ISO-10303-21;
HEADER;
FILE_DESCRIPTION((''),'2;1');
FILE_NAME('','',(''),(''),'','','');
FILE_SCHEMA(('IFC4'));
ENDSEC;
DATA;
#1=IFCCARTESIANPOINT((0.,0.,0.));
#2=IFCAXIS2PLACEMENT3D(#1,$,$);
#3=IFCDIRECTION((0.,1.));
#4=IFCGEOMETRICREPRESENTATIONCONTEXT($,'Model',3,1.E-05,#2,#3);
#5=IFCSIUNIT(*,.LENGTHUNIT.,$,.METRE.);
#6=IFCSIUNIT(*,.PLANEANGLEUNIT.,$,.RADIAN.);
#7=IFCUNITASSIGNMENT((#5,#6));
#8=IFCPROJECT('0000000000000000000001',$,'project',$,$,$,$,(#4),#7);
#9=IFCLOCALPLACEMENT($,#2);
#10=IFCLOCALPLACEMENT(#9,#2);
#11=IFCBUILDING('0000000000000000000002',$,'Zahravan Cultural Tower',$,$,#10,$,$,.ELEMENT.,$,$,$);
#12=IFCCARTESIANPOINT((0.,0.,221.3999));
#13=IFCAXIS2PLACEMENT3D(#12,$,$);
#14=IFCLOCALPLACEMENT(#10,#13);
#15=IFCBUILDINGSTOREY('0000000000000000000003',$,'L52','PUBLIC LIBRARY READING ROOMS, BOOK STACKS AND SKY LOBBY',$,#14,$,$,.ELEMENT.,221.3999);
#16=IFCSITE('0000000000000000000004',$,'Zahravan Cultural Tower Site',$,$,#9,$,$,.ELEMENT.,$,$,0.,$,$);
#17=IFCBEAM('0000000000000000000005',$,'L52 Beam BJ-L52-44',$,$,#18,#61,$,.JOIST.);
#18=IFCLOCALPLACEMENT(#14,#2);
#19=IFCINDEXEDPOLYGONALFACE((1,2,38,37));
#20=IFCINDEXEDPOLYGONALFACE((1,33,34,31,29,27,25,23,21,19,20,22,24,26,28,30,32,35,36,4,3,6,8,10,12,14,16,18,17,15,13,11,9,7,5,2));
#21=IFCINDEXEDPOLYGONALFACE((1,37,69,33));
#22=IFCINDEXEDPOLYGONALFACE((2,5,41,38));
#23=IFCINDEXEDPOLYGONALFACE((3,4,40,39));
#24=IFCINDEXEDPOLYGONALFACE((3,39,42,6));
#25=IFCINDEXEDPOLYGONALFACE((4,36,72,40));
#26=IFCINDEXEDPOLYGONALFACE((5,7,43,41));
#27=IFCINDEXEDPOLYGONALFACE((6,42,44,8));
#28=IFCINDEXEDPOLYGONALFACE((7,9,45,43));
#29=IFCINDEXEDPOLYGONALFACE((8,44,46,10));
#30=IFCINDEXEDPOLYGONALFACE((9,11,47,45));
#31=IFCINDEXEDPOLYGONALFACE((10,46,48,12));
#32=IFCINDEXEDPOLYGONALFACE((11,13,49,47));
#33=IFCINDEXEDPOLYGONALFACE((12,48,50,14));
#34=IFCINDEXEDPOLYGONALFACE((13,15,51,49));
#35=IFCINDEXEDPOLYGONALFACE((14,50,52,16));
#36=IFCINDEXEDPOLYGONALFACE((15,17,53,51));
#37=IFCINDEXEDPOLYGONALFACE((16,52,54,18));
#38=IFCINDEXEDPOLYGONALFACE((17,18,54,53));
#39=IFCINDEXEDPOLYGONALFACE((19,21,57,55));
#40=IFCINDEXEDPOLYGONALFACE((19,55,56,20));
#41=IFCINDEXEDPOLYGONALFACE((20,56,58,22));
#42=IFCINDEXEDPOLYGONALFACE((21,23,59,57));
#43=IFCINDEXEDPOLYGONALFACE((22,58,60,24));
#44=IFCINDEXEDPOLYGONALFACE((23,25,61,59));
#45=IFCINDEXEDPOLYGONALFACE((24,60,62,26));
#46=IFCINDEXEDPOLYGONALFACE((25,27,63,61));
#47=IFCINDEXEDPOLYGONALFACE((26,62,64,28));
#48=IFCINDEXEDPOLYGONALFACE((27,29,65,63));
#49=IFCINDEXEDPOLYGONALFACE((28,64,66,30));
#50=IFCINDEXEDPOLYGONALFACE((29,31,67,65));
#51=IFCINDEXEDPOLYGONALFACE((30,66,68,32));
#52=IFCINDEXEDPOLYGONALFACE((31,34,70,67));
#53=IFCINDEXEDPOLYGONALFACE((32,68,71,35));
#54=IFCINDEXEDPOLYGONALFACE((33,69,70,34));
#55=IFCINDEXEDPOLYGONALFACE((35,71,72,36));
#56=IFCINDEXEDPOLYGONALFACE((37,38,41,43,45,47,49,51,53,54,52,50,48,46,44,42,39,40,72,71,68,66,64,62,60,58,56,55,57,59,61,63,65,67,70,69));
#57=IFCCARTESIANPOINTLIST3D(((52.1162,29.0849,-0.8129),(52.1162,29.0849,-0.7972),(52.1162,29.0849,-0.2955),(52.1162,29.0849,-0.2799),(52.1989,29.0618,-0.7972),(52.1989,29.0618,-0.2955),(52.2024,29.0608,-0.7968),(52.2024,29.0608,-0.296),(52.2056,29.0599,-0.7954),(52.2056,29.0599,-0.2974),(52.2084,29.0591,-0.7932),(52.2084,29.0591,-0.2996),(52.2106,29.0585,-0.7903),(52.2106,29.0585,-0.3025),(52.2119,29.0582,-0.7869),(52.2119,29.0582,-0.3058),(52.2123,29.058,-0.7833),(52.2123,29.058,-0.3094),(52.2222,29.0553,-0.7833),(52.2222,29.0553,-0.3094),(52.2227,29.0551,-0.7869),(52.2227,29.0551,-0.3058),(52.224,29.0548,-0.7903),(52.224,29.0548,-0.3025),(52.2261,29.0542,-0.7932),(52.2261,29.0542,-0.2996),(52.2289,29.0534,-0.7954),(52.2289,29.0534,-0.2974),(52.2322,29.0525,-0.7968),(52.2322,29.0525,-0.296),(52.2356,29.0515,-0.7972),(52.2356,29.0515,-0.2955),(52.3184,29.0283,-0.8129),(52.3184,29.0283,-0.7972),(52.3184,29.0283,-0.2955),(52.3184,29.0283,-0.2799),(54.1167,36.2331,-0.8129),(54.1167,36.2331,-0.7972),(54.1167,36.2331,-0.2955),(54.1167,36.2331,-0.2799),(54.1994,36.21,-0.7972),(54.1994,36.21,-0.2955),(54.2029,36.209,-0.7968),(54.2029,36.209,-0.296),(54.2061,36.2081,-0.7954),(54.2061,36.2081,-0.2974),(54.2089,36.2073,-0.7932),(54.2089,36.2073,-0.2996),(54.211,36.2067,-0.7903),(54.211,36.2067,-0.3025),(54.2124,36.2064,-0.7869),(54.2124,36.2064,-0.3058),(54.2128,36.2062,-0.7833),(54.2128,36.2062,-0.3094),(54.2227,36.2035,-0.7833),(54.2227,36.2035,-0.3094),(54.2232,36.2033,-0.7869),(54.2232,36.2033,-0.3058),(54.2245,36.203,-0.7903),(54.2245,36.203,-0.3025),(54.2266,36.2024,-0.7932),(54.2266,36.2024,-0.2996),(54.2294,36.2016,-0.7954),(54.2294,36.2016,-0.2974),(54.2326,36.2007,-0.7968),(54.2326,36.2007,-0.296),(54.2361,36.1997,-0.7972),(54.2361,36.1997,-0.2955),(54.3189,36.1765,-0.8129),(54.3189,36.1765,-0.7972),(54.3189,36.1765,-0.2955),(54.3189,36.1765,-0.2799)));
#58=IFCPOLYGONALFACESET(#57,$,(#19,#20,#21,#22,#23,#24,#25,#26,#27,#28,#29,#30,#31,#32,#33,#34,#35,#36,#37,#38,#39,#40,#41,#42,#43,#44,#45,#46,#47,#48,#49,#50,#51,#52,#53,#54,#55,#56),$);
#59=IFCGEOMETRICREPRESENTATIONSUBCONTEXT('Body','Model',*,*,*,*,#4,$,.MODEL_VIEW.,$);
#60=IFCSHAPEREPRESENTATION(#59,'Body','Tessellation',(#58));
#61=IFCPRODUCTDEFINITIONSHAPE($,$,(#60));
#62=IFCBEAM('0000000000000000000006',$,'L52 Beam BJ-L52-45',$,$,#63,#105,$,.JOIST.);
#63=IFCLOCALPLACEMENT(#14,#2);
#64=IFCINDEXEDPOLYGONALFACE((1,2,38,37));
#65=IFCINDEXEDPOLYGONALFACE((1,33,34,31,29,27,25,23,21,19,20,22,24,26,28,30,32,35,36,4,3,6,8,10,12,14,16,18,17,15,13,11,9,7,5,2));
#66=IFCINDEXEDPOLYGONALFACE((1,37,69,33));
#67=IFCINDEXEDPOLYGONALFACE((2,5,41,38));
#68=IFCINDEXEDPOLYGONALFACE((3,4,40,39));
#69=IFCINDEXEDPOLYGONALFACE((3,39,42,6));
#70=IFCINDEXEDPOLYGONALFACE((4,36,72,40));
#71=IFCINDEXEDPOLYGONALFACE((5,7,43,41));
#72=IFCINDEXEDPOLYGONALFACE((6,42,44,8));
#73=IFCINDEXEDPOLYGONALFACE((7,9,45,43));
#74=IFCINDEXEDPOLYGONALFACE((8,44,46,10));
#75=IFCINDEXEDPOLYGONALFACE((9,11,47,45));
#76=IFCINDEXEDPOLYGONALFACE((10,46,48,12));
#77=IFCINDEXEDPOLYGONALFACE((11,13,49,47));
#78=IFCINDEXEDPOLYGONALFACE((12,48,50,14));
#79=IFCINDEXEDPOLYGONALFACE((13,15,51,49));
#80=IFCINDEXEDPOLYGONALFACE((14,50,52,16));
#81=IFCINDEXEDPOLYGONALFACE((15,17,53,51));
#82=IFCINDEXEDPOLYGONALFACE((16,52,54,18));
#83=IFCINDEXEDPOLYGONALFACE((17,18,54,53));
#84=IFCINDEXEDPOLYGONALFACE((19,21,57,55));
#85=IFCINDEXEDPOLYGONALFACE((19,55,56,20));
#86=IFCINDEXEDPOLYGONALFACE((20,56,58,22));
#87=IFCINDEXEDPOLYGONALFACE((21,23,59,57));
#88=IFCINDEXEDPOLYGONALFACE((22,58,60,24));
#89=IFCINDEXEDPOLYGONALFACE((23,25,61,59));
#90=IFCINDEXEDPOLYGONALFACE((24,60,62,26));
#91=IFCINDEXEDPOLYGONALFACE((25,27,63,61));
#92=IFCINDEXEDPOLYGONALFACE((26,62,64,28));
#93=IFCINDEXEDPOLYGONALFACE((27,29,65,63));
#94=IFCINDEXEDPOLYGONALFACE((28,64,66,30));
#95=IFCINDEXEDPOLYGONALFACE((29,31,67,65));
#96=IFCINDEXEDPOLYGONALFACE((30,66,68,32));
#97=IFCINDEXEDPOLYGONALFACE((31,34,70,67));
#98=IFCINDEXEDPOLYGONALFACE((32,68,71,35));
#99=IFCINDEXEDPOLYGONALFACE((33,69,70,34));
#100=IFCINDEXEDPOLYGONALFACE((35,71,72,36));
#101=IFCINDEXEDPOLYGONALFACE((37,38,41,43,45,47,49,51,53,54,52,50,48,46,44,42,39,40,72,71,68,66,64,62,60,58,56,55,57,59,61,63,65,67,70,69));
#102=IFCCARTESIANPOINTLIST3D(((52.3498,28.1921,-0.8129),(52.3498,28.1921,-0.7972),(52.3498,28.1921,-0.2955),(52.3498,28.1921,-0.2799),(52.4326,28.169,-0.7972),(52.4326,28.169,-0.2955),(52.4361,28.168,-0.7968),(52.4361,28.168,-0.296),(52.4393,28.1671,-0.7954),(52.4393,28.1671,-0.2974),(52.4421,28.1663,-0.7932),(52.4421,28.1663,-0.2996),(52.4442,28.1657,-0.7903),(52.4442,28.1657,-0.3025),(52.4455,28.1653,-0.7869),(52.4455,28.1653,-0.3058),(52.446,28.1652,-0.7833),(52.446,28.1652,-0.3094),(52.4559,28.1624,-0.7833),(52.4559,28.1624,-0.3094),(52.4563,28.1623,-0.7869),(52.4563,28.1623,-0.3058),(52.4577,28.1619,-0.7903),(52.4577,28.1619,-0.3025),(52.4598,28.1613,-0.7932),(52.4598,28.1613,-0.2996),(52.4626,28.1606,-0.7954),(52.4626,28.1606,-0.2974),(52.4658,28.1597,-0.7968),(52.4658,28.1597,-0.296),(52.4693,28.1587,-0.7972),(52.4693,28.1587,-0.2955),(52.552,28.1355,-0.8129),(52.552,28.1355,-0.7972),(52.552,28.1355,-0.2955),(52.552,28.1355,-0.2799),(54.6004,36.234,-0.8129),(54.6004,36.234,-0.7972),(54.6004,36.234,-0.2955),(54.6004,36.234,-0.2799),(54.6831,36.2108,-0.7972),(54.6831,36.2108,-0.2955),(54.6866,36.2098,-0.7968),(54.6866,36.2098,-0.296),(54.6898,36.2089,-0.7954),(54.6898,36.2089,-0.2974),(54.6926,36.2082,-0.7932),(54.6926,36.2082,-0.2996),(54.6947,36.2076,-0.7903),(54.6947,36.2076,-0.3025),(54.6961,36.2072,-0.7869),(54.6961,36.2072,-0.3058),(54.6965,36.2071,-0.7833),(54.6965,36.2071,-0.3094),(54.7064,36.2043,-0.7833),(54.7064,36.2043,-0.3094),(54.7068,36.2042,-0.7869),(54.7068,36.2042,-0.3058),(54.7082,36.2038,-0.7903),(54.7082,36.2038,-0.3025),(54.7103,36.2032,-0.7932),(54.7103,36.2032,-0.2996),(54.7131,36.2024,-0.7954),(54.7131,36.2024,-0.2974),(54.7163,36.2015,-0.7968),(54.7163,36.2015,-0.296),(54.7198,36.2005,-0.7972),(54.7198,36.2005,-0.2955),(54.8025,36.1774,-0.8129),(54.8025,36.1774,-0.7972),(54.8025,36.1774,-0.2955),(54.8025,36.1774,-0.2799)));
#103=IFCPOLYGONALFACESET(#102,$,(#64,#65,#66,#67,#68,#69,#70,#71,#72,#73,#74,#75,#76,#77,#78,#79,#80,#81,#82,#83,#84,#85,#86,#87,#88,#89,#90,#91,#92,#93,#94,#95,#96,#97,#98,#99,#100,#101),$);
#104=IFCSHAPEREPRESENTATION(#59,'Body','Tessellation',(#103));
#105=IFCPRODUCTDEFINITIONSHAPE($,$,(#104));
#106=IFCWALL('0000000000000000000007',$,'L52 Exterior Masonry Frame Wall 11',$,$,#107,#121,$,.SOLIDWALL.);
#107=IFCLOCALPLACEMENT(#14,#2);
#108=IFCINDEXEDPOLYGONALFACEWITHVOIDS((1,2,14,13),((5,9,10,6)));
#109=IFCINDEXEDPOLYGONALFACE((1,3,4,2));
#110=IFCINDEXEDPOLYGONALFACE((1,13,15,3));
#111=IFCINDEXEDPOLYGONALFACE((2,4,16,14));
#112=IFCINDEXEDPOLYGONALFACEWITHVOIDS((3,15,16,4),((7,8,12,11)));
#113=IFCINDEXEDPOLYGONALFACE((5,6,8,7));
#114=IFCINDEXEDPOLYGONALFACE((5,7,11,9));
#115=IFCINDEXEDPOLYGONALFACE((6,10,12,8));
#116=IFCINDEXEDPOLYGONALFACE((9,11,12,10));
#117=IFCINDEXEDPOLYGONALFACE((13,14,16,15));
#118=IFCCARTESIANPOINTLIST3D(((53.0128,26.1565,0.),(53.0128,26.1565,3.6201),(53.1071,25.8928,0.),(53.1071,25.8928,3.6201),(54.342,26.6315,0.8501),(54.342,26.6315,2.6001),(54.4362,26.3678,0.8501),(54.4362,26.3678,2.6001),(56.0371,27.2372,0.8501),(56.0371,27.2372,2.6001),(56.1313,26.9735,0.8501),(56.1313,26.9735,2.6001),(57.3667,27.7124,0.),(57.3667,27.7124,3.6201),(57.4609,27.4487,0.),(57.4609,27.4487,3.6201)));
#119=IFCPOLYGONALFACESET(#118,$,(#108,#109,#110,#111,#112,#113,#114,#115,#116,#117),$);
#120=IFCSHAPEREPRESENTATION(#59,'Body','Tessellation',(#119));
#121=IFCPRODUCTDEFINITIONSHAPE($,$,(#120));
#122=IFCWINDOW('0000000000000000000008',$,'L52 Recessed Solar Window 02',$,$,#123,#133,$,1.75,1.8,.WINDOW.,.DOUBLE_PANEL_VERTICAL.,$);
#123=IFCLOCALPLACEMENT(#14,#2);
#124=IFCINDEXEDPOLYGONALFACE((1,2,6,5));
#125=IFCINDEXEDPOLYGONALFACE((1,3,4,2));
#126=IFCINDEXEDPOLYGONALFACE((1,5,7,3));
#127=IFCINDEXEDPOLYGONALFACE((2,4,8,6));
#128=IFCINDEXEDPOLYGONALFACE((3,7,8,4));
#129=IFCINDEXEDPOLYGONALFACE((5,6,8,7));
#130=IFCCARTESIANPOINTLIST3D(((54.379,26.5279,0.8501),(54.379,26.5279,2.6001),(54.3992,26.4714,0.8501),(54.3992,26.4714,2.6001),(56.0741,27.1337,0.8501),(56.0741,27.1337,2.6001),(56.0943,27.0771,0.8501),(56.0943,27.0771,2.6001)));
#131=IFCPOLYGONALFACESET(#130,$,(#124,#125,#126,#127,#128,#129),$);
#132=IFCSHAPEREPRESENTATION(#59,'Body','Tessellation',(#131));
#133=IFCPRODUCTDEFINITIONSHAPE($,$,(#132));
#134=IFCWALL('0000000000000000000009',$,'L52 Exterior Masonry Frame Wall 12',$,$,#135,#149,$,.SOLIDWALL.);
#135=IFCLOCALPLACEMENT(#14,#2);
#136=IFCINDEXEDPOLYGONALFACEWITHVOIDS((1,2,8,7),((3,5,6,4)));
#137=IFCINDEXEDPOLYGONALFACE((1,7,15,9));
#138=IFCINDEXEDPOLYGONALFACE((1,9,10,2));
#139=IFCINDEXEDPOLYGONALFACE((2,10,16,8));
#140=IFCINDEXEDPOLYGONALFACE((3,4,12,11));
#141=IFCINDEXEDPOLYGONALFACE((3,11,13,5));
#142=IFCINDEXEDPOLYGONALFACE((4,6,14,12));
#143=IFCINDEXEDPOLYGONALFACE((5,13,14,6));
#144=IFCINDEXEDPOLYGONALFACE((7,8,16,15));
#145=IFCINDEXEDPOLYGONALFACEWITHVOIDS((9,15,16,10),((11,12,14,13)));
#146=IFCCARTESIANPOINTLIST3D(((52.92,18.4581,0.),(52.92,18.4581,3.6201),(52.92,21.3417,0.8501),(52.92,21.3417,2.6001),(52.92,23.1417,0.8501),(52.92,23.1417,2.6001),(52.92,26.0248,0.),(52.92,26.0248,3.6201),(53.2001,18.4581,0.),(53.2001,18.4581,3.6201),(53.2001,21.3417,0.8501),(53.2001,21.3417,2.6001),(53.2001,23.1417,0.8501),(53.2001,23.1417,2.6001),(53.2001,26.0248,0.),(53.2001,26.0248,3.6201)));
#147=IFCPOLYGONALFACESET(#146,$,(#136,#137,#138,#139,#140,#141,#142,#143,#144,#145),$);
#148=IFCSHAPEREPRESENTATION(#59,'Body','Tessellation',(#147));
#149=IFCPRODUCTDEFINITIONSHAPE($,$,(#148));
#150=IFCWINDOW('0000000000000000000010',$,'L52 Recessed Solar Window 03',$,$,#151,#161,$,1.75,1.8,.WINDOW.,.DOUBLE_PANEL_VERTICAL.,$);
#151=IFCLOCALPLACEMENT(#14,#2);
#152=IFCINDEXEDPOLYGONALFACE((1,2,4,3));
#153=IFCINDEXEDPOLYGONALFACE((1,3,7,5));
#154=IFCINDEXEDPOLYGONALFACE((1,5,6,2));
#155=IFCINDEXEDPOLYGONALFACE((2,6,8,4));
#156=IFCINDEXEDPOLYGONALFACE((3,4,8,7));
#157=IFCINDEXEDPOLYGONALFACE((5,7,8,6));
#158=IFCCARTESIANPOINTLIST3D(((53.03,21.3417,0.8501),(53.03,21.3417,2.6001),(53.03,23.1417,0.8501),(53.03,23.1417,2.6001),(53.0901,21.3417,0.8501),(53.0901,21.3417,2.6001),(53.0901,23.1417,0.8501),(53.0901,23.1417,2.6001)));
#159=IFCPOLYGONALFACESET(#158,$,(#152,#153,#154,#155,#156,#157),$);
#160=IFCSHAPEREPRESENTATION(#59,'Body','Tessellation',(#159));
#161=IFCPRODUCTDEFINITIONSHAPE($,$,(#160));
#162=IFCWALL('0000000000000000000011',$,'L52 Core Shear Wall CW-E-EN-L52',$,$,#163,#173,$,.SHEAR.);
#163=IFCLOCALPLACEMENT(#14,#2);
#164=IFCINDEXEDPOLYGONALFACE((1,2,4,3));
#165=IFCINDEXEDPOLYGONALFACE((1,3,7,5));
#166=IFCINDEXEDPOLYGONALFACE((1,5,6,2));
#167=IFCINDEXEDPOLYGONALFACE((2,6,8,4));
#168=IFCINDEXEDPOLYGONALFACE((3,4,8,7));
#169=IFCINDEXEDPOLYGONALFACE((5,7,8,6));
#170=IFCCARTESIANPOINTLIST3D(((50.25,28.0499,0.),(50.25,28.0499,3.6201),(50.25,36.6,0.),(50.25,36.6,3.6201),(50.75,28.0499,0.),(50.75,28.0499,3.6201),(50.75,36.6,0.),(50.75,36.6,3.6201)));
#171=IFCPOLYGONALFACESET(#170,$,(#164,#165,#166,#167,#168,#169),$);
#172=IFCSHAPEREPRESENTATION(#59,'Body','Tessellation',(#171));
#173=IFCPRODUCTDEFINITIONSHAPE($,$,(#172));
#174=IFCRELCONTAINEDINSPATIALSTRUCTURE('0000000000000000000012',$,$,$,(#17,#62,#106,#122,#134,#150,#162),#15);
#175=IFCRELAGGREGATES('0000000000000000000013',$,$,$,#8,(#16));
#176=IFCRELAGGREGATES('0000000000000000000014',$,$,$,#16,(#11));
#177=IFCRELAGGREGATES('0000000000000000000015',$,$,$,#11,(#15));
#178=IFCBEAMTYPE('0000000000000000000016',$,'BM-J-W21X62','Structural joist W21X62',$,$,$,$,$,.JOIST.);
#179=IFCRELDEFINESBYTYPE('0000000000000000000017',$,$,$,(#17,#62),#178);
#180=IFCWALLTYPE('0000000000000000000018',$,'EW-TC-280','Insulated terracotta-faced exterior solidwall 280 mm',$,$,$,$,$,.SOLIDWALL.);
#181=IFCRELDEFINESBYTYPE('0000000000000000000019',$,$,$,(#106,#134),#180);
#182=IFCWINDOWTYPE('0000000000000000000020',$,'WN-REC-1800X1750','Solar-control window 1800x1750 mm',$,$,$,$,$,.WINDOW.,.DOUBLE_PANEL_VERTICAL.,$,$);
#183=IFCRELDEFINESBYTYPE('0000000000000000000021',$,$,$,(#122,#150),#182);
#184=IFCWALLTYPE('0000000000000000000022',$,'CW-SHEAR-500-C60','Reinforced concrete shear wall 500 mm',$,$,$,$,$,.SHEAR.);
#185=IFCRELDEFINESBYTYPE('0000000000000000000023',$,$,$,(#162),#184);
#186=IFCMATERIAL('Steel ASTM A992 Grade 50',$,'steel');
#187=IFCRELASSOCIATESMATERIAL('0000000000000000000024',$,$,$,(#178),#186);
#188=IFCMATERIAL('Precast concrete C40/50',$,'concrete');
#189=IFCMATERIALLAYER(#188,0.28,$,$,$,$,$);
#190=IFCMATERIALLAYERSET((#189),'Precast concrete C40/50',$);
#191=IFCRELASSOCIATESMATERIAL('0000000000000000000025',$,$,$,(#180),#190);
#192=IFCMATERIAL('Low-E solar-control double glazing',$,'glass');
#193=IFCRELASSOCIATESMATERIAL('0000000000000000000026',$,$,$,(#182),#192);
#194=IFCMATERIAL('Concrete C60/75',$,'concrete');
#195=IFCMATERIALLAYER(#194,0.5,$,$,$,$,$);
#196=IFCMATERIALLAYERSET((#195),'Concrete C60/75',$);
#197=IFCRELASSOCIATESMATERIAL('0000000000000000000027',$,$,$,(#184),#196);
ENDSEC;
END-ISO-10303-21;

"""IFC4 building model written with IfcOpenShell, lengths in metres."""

from ifc_helpers import new_model, si_unit, direction, frame, frame_2d, origin, origin_2d, place, context, subcontext, project, spatial, rectangle, i_section, extrude, source, transform, mapped, material, layer, layer_set, material_profile, profile_set, type_object, element, fill, save


model = new_model("IFC4")

# Units and contexts
model_context = context("Model", 3, precision=1e-05, world=origin(), true_north=direction((0.0, 1.0)))
body_context = subcontext(model_context, "Body", "Model", "MODEL_VIEW")
ifc_project = project(units=[si_unit("LENGTHUNIT", "METRE"), si_unit("PLANEANGLEUNIT", "RADIAN")], contexts=[model_context])

# Site, building, storey
site_placement = place(None, origin())
site = spatial("IfcSite", under=ifc_project, at=site_placement, Name="Zahravan Cultural Tower Site", CompositionType="ELEMENT", RefElevation=0.0)
building_placement = place(site_placement, origin())
building = spatial("IfcBuilding", under=site, at=building_placement, Name="Zahravan Cultural Tower", CompositionType="ELEMENT")
storey_placement = place(building_placement, frame((0.0, 0.0, 221.3999)))
storey = spatial("IfcBuildingStorey", under=building, at=storey_placement, Name="L52", Description="PUBLIC LIBRARY READING ROOMS, BOOK STACKS AND SKY LOBBY", CompositionType="ELEMENT", Elevation=221.3999)

# Shared definitions
ifc_material_1 = material(Name="Steel ASTM A992 Grade 50", Category="steel")

# Beams
ifc_material_profile_1 = material_profile(ifc_material_1, i_section(OverallWidth=0.21, OverallDepth=0.533, WebThickness=0.0103, FlangeThickness=0.0156, FilletRadius=0.0139, at=origin_2d()), Name="W21X62")
ifc_profile_set_1 = profile_set([ifc_material_profile_1], Name="Steel ASTM A992 Grade 50")
beam_type_1 = type_object("IfcBeamType", Name="BM-J-W21X62", Description="Structural joist W21X62", PredefinedType="JOIST", material=ifc_profile_set_1)
shared_shape_1 = source(origin(), body_context, "Body", "SweptSolid", [
    extrude(i_section(OverallWidth=0.21, OverallDepth=0.533, WebThickness=0.0103, FlangeThickness=0.0156, FilletRadius=0.0139, at=origin_2d()), origin(), (0.0, 0.0, 1.0), 7.4229),
])
beam_1_placement = place(storey_placement, frame((52.2173, 29.0566, -0.5464), z_axis=(0.269504, 0.962999, 0.0), x_axis=(-0.962999, 0.269504, 0.0)))
element("IfcBeam", 1, at=beam_1_placement, inside=storey, type_object=beam_type_1, Name="L52 Beam BJ-L52-44", PredefinedType="JOIST", context=body_context, shape_type="MappedRepresentation", body=[
    mapped(shared_shape_1, transform((0.0, 0.0, 0.0), x_axis=(1.0, 0.0, 0.0), y_axis=(0.0, 1.0, 0.0), z_axis=(0.0, 0.0, 1.0), scale=1.0)),
])
shared_shape_2 = source(origin(), body_context, "Body", "SweptSolid", [
    extrude(i_section(OverallWidth=0.21, OverallDepth=0.533, WebThickness=0.0103, FlangeThickness=0.0156, FilletRadius=0.0139, at=origin_2d()), origin(), (0.0, 0.0, 1.0), 8.3508),
])
beam_2_placement = place(storey_placement, frame((52.4509, 28.1638, -0.5464), z_axis=(0.269497, 0.963001, 0.0), x_axis=(-0.963001, 0.269497, 0.0)))
element("IfcBeam", 2, at=beam_2_placement, inside=storey, type_object=beam_type_1, Name="L52 Beam BJ-L52-45", PredefinedType="JOIST", context=body_context, shape_type="MappedRepresentation", body=[
    mapped(shared_shape_2, transform((0.0, 0.0, 0.0), x_axis=(1.0, 0.0, 0.0), y_axis=(0.0, 1.0, 0.0), z_axis=(0.0, 0.0, 1.0), scale=1.0)),
])

# Walls, openings, windows
ifc_material_2 = material(Name="Precast concrete C40/50", Category="concrete")
ifc_layer_1 = layer(ifc_material_2, 0.28)
ifc_layer_set_1 = layer_set([ifc_layer_1], Name="Precast concrete C40/50")
wall_type_1 = type_object("IfcWallType", Name="EW-TC-280", Description="Insulated terracotta-faced exterior solidwall 280 mm", PredefinedType="SOLIDWALL", material=ifc_layer_set_1)
wall_1_placement = place(storey_placement, frame((57.4138, 27.5806, 0.0), z_axis=(0.0, 0.0, 1.0), x_axis=(-0.941674, -0.336527, 0.0)))
wall_1 = element("IfcWall", 3, at=wall_1_placement, inside=storey, type_object=wall_type_1, Name="L52 Exterior Masonry Frame Wall 11", PredefinedType="SOLIDWALL", context=body_context, shape_type="SweptSolid", body=[
    extrude(rectangle(XDim=4.6235, YDim=0.28, at=frame_2d((2.3118, 0.0))), origin(), (0.0, 0.0, 1.0), 3.6201),
])
opening_1_placement = place(wall_1_placement, frame((1.4121, 0.0, 0.8501)))
opening_1 = element("IfcOpeningElement", 4, at=opening_1_placement, cuts=wall_1, PredefinedType="OPENING", context=body_context, shape_type="SweptSolid", body=[
    extrude(rectangle(XDim=1.8, YDim=1.75, at=frame_2d((0.8999, 0.875))), frame((0.0, 0.1499, 0.0), z_axis=(0.0, -1.0, 0.0), x_axis=(1.0, 0.0, 0.0)), (0.0, 0.0, 1.0), 0.3),
])
ifc_material_3 = material(Name="Low-E solar-control double glazing", Category="glass")
window_type = type_object("IfcWindowType", Name="WN-REC-1800X1750", Description="Solar-control window 1800x1750 mm", PartitioningType="DOUBLE_PANEL_VERTICAL", PredefinedType="WINDOW", material=ifc_material_3)
shared_shape_3 = source(origin(), body_context, "Body", "SweptSolid", [
    extrude(rectangle(XDim=1.8, YDim=1.75, at=frame_2d((0.8999, 0.875))), frame((0.0, 0.03, 0.0), z_axis=(0.0, -1.0, 0.0), x_axis=(1.0, 0.0, 0.0)), (0.0, 0.0, 1.0), 0.0601),
])
window_1_placement = place(opening_1_placement, origin())
window_1 = element("IfcWindow", 5, at=window_1_placement, inside=storey, type_object=window_type, Name="L52 Recessed Solar Window 02", OverallHeight=1.75, OverallWidth=1.8, PartitioningType="DOUBLE_PANEL_VERTICAL", PredefinedType="WINDOW", context=body_context, shape_type="MappedRepresentation", body=[
    mapped(shared_shape_3, transform((0.0, 0.0, 0.0), x_axis=(1.0, 0.0, 0.0), y_axis=(0.0, 1.0, 0.0), z_axis=(0.0, 0.0, 1.0), scale=1.0)),
])
fill(opening_1, window_1)
wall_2_placement = place(storey_placement, frame((53.0601, 26.0247, 0.0), z_axis=(0.0, 0.0, 1.0), x_axis=(0.0, -1.0, 0.0)))
wall_2 = element("IfcWall", 6, at=wall_2_placement, inside=storey, type_object=wall_type_1, Name="L52 Exterior Masonry Frame Wall 12", PredefinedType="SOLIDWALL", context=body_context, shape_type="SweptSolid", body=[
    extrude(rectangle(XDim=7.5667, YDim=0.28, at=frame_2d((3.7832, 0.0))), origin(), (0.0, 0.0, 1.0), 3.6201),
])
opening_2_placement = place(wall_2_placement, frame((2.8831, 0.0, 0.8501)))
opening_2 = element("IfcOpeningElement", 7, at=opening_2_placement, cuts=wall_2, PredefinedType="OPENING", context=body_context, shape_type="SweptSolid", body=[
    extrude(rectangle(XDim=1.8, YDim=1.75, at=frame_2d((0.8999, 0.875))), frame((0.0, 0.1499, 0.0), z_axis=(0.0, -1.0, 0.0), x_axis=(1.0, 0.0, 0.0)), (0.0, 0.0, 1.0), 0.3),
])
window_2_placement = place(opening_2_placement, origin())
window_2 = element("IfcWindow", 8, at=window_2_placement, inside=storey, type_object=window_type, Name="L52 Recessed Solar Window 03", OverallHeight=1.75, OverallWidth=1.8, PartitioningType="DOUBLE_PANEL_VERTICAL", PredefinedType="WINDOW", context=body_context, shape_type="MappedRepresentation", body=[
    mapped(shared_shape_3, transform((0.0, 0.0, 0.0), x_axis=(1.0, 0.0, 0.0), y_axis=(0.0, 1.0, 0.0), z_axis=(0.0, 0.0, 1.0), scale=1.0)),
])
fill(opening_2, window_2)

# Wall
ifc_material_4 = material(Name="Concrete C60/75", Category="concrete")
ifc_layer_2 = layer(ifc_material_4, 0.5)
ifc_layer_set_2 = layer_set([ifc_layer_2], Name="Concrete C60/75")
wall_type_2 = type_object("IfcWallType", Name="CW-SHEAR-500-C60", Description="Reinforced concrete shear wall 500 mm", PredefinedType="SHEAR", material=ifc_layer_set_2)
shared_shape_4 = source(origin(), body_context, "Body", "SweptSolid", [
    extrude(rectangle(XDim=8.55, YDim=0.5, at=frame_2d((4.2749, 0.0))), origin(), (0.0, 0.0, 1.0), 3.6201),
])
wall_3_placement = place(storey_placement, frame((50.5, 28.05, 0.0), z_axis=(0.0, 0.0, 1.0), x_axis=(0.0, 1.0, 0.0)))
element("IfcWall", 9, at=wall_3_placement, inside=storey, type_object=wall_type_2, Name="L52 Core Shear Wall CW-E-EN-L52", PredefinedType="SHEAR", context=body_context, shape_type="MappedRepresentation", body=[
    mapped(shared_shape_4, transform((0.0, 0.0, 0.0), x_axis=(1.0, 0.0, 0.0), y_axis=(0.0, 1.0, 0.0), z_axis=(0.0, 0.0, 1.0), scale=1.0)),
])

save(model, "model.ifc")
